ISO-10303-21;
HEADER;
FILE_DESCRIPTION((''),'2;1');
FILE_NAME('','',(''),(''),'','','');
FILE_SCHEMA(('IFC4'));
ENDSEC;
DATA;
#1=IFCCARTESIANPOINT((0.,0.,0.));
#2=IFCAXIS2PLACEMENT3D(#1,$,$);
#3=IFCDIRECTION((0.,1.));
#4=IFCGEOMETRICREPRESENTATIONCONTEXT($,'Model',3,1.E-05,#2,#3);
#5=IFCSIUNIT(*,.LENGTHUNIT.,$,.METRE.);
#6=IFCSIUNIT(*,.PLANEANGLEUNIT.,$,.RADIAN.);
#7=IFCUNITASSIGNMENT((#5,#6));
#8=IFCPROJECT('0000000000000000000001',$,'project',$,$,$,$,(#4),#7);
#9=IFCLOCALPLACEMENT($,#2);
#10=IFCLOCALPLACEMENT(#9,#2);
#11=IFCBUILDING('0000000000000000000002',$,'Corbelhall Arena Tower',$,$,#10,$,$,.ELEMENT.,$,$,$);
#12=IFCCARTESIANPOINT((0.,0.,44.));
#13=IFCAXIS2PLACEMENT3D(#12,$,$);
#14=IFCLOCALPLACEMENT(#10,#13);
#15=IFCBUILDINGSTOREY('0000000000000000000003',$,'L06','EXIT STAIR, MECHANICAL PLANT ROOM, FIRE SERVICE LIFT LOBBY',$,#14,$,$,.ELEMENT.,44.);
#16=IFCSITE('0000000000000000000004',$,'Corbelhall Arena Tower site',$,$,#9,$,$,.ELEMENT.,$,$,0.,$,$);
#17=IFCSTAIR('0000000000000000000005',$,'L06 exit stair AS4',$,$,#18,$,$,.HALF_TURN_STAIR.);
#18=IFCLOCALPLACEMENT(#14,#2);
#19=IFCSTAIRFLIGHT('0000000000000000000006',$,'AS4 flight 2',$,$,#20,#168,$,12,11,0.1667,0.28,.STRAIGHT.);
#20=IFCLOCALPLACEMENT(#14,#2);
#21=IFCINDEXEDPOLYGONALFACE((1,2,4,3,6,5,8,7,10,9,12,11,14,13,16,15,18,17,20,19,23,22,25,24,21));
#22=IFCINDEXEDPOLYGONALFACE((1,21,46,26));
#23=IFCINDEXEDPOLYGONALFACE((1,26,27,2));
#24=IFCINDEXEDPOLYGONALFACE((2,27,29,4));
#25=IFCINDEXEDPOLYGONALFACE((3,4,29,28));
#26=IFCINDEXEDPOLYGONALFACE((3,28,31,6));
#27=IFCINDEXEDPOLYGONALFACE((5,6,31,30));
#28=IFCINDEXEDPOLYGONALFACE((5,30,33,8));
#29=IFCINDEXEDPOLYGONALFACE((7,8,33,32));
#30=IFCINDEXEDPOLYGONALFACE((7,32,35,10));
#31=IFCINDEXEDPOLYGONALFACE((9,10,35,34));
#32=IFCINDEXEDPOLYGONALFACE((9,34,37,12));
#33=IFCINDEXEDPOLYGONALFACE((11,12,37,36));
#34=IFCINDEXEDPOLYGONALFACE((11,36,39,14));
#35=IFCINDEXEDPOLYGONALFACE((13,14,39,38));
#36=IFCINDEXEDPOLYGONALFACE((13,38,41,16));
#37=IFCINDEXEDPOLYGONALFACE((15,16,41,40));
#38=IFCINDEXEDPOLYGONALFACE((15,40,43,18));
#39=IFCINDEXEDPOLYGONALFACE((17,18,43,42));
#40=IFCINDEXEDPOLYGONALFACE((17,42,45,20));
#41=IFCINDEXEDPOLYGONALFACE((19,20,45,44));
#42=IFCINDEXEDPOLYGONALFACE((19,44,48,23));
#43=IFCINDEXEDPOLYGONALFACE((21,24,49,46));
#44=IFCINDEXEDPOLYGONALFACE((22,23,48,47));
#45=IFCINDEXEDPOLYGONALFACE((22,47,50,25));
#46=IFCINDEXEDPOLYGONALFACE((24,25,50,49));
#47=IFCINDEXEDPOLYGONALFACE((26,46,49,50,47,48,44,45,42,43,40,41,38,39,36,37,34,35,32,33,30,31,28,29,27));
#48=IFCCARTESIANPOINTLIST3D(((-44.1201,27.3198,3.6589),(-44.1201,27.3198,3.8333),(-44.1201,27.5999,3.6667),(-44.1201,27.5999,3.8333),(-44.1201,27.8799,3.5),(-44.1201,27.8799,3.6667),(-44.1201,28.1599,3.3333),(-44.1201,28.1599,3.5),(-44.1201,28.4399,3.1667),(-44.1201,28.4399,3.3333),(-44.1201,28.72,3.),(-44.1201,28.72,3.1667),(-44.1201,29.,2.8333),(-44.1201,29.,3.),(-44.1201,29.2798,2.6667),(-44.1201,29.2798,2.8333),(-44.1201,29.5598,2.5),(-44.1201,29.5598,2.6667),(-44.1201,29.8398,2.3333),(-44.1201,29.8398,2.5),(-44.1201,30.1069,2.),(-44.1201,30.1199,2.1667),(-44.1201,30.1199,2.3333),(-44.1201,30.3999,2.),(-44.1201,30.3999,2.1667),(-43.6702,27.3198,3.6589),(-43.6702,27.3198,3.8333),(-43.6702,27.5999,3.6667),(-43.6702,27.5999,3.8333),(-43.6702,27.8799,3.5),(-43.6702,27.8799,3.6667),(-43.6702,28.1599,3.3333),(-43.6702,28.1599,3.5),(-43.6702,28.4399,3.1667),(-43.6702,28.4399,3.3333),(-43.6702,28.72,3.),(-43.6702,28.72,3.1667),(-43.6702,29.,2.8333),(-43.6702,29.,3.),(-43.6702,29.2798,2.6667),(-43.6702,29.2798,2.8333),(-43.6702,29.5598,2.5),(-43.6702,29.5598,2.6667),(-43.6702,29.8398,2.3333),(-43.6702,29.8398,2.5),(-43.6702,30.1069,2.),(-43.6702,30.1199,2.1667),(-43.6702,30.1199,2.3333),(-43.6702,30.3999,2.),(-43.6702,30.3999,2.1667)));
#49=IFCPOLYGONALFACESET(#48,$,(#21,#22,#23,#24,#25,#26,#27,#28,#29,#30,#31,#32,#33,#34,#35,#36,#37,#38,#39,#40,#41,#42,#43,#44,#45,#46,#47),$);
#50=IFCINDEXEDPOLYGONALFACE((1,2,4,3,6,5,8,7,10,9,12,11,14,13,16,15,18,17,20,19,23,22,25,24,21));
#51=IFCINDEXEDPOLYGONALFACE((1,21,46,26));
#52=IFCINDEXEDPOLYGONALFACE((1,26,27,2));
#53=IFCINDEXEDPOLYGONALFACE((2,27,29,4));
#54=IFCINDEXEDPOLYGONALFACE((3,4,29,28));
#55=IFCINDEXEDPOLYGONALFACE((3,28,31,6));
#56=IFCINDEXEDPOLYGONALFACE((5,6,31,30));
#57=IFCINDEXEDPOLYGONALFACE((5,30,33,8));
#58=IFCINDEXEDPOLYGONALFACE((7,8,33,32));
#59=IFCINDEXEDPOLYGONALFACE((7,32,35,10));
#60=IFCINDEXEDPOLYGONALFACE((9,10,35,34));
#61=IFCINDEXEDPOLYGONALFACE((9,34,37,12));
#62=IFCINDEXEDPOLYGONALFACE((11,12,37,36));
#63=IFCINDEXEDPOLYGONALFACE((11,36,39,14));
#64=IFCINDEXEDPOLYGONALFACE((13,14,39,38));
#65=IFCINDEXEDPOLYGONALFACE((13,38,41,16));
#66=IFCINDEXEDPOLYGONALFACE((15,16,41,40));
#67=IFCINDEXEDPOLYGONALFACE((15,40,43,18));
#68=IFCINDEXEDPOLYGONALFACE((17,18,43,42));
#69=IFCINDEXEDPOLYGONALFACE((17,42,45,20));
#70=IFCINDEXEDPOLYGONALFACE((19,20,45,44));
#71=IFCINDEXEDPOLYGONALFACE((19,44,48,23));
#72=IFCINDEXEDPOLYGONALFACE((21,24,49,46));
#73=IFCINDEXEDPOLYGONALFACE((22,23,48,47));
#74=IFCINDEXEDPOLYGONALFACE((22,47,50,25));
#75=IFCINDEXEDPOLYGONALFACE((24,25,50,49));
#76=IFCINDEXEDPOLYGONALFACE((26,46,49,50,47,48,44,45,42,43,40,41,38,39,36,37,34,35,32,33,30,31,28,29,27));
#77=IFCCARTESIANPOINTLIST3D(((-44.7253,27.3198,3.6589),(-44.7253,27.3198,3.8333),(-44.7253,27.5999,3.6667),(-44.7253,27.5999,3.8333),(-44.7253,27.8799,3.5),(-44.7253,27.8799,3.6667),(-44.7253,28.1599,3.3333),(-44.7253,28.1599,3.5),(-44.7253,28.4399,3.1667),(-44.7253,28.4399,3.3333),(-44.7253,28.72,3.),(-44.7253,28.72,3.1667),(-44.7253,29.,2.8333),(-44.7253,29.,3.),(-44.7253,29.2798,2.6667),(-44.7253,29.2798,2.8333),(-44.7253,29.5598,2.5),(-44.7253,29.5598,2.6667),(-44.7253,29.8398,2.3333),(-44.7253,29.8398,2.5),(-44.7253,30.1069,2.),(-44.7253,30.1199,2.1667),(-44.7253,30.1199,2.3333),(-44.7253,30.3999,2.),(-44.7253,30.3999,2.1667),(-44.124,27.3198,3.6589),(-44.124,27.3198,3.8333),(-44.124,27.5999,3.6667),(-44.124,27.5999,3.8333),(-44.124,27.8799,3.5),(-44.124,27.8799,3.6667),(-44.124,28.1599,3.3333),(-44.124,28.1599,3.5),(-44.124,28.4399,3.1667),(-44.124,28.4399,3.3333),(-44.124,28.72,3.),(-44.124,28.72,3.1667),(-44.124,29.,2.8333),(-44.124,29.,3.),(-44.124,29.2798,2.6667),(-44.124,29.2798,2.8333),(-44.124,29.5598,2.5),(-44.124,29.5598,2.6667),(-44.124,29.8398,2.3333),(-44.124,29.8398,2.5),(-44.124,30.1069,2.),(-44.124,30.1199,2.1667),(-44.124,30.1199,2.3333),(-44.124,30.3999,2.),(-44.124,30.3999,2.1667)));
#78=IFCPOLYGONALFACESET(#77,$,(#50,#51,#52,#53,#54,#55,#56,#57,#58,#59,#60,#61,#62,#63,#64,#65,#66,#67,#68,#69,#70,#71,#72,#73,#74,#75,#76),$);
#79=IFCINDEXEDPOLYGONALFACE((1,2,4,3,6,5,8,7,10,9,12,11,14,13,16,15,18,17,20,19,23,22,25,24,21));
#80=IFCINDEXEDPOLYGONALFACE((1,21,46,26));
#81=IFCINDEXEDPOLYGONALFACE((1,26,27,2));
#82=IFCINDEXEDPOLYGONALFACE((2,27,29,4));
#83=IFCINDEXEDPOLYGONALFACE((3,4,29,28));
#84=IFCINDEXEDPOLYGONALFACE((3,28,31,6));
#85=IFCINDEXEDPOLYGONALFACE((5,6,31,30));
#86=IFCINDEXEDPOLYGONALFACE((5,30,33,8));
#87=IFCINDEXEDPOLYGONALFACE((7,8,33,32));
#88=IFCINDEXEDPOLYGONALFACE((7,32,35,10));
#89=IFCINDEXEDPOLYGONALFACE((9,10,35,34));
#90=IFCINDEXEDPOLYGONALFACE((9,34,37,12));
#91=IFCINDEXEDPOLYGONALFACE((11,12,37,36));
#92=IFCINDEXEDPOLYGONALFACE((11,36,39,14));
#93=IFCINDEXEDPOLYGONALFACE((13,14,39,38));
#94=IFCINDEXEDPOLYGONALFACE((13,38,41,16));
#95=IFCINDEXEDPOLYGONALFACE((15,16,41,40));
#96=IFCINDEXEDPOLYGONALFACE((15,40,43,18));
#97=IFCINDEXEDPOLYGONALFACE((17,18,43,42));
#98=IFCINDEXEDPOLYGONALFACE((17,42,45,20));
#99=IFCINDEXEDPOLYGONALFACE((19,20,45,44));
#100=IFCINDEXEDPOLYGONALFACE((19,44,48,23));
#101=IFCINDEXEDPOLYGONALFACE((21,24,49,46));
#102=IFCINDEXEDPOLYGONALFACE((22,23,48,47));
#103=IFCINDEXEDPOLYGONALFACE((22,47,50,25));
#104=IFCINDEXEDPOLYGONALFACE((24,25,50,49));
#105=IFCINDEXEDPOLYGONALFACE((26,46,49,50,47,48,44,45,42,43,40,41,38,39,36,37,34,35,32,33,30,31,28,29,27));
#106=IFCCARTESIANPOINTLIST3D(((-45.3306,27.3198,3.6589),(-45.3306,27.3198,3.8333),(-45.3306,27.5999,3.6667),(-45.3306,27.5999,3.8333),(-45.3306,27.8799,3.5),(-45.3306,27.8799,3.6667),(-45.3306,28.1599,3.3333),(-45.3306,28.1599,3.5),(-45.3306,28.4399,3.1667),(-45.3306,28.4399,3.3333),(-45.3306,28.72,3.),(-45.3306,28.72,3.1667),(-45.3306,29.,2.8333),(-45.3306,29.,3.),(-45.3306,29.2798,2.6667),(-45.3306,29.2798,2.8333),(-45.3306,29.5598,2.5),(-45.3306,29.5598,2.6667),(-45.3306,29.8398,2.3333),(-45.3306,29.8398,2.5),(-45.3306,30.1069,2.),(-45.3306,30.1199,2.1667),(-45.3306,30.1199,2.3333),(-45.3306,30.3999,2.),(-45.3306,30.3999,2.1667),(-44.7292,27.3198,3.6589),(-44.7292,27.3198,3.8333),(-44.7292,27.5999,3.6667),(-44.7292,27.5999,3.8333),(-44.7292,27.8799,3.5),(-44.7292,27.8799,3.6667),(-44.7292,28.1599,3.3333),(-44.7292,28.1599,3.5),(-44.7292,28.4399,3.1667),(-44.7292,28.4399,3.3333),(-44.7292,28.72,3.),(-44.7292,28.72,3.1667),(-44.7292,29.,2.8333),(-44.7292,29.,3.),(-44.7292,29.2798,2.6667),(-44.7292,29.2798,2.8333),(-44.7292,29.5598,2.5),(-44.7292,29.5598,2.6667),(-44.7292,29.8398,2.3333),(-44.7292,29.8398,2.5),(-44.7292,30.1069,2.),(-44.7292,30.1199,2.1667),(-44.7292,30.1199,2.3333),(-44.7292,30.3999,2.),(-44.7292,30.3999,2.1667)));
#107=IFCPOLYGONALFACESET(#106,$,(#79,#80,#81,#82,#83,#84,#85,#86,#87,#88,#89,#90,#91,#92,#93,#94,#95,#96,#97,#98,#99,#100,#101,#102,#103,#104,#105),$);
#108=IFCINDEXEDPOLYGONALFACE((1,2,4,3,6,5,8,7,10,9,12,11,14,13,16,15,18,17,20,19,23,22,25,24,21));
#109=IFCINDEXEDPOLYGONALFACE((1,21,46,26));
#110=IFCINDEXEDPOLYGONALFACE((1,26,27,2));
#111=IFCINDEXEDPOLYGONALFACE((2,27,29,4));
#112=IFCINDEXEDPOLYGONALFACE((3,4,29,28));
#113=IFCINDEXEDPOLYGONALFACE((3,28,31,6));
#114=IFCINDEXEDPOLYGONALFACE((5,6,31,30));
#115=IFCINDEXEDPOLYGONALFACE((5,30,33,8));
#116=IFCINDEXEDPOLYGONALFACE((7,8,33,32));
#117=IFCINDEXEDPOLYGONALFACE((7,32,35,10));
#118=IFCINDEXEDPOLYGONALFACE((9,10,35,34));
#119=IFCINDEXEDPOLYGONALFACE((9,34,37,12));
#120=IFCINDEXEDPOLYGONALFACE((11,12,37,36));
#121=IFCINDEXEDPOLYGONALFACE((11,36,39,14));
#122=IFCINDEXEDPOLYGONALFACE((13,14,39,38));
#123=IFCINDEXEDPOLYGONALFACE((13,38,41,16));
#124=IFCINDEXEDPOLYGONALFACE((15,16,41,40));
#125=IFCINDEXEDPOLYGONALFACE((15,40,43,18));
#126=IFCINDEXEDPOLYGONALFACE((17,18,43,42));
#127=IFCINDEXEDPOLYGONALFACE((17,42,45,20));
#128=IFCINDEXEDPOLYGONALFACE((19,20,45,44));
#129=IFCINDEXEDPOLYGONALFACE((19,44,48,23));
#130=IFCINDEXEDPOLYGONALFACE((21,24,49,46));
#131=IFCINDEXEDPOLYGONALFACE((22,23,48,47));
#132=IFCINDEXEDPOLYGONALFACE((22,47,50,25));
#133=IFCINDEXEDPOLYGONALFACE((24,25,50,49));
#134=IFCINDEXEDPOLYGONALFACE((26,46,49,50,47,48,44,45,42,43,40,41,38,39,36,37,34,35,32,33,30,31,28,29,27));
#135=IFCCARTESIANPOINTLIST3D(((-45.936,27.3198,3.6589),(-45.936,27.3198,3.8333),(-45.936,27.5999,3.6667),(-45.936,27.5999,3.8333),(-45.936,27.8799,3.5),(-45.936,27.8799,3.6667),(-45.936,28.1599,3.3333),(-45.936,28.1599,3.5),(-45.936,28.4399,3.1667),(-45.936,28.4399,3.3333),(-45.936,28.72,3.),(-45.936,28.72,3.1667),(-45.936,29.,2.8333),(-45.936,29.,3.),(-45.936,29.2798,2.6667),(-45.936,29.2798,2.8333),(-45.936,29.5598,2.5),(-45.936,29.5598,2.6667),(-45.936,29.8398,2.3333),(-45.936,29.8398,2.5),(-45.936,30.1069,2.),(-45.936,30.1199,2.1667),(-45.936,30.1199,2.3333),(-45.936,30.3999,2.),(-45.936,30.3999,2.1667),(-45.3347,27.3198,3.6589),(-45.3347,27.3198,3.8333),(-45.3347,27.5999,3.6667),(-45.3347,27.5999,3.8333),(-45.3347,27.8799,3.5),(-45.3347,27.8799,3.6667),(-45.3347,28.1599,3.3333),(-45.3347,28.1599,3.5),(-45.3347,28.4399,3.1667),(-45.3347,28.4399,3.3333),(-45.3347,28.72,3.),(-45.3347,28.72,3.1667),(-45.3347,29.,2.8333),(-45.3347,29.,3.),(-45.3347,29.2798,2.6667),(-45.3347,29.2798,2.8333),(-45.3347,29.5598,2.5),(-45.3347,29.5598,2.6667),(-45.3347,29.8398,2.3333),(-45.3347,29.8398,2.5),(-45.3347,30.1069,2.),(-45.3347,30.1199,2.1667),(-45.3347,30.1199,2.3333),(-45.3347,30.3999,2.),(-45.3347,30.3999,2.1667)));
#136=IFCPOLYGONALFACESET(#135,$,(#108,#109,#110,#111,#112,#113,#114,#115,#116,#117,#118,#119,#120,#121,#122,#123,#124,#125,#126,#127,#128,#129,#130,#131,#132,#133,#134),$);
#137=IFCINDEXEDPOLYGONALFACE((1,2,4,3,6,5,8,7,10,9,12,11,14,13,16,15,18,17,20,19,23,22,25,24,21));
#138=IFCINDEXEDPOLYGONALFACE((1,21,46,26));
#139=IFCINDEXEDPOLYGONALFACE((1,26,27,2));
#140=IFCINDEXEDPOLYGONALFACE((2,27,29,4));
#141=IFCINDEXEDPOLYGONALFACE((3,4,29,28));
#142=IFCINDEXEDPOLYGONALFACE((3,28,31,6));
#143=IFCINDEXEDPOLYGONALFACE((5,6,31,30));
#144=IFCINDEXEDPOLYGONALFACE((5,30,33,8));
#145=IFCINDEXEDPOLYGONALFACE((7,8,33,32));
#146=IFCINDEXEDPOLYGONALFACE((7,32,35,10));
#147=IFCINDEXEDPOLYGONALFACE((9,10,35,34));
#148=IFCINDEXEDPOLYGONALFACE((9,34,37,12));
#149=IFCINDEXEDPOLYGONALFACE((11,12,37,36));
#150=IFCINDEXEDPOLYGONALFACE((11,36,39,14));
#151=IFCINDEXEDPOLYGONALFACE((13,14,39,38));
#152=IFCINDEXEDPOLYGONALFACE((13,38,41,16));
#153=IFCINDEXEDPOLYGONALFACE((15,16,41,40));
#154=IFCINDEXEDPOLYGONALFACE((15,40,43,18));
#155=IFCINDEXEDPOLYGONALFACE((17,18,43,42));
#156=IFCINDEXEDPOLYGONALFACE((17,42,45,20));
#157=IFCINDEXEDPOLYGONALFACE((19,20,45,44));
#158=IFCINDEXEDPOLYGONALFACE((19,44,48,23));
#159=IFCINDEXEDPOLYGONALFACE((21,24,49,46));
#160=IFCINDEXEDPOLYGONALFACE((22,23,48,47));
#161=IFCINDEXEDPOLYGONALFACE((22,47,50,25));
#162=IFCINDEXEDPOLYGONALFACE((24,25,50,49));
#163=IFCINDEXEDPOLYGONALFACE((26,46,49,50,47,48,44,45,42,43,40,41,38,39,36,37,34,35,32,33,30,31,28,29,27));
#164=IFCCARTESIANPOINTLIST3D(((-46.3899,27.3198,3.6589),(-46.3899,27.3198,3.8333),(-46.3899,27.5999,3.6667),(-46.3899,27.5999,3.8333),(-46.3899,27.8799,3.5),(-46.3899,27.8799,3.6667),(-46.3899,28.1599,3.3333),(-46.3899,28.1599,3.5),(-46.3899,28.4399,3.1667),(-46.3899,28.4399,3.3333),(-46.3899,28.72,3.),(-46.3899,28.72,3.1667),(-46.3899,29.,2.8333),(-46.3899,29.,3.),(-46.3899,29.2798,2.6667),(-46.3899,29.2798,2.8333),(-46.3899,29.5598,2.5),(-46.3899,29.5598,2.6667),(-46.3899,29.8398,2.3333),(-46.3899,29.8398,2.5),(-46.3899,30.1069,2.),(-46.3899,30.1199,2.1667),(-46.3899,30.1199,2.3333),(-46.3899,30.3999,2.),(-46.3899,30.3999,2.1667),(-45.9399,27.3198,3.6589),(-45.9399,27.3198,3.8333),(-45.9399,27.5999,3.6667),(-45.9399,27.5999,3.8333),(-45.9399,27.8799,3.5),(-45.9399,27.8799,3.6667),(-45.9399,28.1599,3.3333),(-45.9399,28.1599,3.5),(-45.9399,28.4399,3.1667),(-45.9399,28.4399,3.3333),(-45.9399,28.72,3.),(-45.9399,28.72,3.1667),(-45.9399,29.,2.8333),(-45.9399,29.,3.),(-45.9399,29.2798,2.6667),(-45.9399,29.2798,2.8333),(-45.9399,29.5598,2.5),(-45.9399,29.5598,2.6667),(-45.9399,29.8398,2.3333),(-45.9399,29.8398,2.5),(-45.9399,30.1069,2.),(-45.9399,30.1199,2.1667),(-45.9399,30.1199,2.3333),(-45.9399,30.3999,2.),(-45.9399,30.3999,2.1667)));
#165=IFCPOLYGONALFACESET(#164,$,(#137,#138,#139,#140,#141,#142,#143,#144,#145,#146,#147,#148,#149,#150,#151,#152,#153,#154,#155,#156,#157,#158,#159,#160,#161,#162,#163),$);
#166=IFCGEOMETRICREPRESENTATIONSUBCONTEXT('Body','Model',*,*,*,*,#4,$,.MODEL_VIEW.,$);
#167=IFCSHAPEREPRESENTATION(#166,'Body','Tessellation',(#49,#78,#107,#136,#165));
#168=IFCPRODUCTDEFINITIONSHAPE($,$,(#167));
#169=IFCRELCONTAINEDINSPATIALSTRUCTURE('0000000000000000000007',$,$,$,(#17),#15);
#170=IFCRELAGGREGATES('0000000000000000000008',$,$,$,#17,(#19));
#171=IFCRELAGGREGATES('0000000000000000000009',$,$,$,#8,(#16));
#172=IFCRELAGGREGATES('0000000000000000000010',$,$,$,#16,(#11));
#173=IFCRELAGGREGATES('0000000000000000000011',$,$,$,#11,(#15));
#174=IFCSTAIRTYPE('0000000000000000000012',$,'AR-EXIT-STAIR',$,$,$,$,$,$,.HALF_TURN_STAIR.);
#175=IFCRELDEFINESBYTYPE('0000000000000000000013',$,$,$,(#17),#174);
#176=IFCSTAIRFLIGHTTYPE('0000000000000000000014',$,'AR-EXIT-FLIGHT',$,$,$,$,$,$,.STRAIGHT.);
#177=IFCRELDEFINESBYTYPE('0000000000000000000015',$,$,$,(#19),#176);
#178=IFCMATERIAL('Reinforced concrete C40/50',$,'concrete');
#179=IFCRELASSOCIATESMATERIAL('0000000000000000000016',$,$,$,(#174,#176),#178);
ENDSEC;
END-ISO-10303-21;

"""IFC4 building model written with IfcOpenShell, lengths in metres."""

from ifc_helpers import new_model, si_unit, direction, frame, origin, place, context, subcontext, project, spatial, polyline, outline, extrude, material, type_object, element, aggregate, save


model = new_model("IFC4")

# Units and contexts
model_context = context("Model", 3, precision=1e-05, world=origin(), true_north=direction((0.0, 1.0)))
body_context = subcontext(model_context, "Body", "Model", "MODEL_VIEW")
ifc_project = project(units=[si_unit("LENGTHUNIT", "METRE"), si_unit("PLANEANGLEUNIT", "RADIAN")], contexts=[model_context])

# Site, building, storey
site_placement = place(None, origin())
site = spatial("IfcSite", under=ifc_project, at=site_placement, Name="Corbelhall Arena Tower site", CompositionType="ELEMENT", RefElevation=0.0)
building_placement = place(site_placement, origin())
building = spatial("IfcBuilding", under=site, at=building_placement, Name="Corbelhall Arena Tower", CompositionType="ELEMENT")
storey_placement = place(building_placement, frame((0.0, 0.0, 44.0)))
storey = spatial("IfcBuildingStorey", under=building, at=storey_placement, Name="L06", Description="EXIT STAIR, MECHANICAL PLANT ROOM, FIRE SERVICE LIFT LOBBY", CompositionType="ELEMENT", Elevation=44.0)

# Shared definitions
ifc_material_1 = material(Name="Reinforced concrete C40/50", Category="concrete")

# Stair, stair flight
stair_type = type_object("IfcStairType", Name="AR-EXIT-STAIR", PredefinedType="HALF_TURN_STAIR", material=ifc_material_1)
stair_flight_type = type_object("IfcStairFlightType", Name="AR-EXIT-FLIGHT", PredefinedType="STRAIGHT", material=ifc_material_1)
stair_1_placement = place(storey_placement, origin())
stair_1 = element("IfcStair", 1, at=stair_1_placement, inside=storey, type_object=stair_type, Name="L06 exit stair AS4", PredefinedType="HALF_TURN_STAIR")
stair_flight_1_placement = place(storey_placement, frame((-45.03, 30.3999, 2.0), z_axis=(0.0, 0.0, 1.0), x_axis=(0.0, -1.0, 0.0)))
stair_flight_1 = element("IfcStairFlight", 2, at=stair_flight_1_placement, type_object=stair_flight_type, Name="AS4 flight 2", NumberOfRisers=12, NumberOfTreads=11, PredefinedType="STRAIGHT", RiserHeight=0.1667, TreadLength=0.28, context=body_context, shape_type="SweptSolid", body=[
    extrude(outline(polyline([(0.0, 0.0), (0.0, 0.1667), (0.28, 0.1667), (0.28, 0.3333), (0.5601, 0.3333), (0.5601, 0.5), (0.8401, 0.5), (0.8401, 0.6667), (1.1201, 0.6667), (1.1201, 0.8333), (1.3999, 0.8333), (1.3999, 1.0), (1.6799, 1.0), (1.6799, 1.1667), (1.96, 1.1667), (1.96, 1.3333), (2.24, 1.3333), (2.24, 1.5), (2.52, 1.5), (2.52, 1.6667), (2.8, 1.6667), (2.8, 1.8333), (3.0801, 1.8333), (3.0801, 2.0), (3.0801, 1.6589), (0.293, 0.0), (0.0, 0.0)])), frame((0.0, 1.3599, 0.0), z_axis=(0.0, -1.0, 0.0), x_axis=(1.0, 0.0, 0.0)), (0.0, 0.0, 1.0), 0.45),
    extrude(outline(polyline([(0.0, 0.0), (0.0, 0.1667), (0.28, 0.1667), (0.28, 0.3333), (0.5601, 0.3333), (0.5601, 0.5), (0.8401, 0.5), (0.8401, 0.6667), (1.1201, 0.6667), (1.1201, 0.8333), (1.3999, 0.8333), (1.3999, 1.0), (1.6799, 1.0), (1.6799, 1.1667), (1.96, 1.1667), (1.96, 1.3333), (2.24, 1.3333), (2.24, 1.5), (2.52, 1.5), (2.52, 1.6667), (2.8, 1.6667), (2.8, 1.8333), (3.0801, 1.8333), (3.0801, 2.0), (3.0801, 1.6589), (0.293, 0.0), (0.0, 0.0)])), frame((0.0, 0.906, 0.0), z_axis=(0.0, -1.0, 0.0), x_axis=(1.0, 0.0, 0.0)), (0.0, 0.0, 1.0), 0.6013),
    extrude(outline(polyline([(0.0, 0.0), (0.0, 0.1667), (0.28, 0.1667), (0.28, 0.3333), (0.5601, 0.3333), (0.5601, 0.5), (0.8401, 0.5), (0.8401, 0.6667), (1.1201, 0.6667), (1.1201, 0.8333), (1.3999, 0.8333), (1.3999, 1.0), (1.6799, 1.0), (1.6799, 1.1667), (1.96, 1.1667), (1.96, 1.3333), (2.24, 1.3333), (2.24, 1.5), (2.52, 1.5), (2.52, 1.6667), (2.8, 1.6667), (2.8, 1.8333), (3.0801, 1.8333), (3.0801, 2.0), (3.0801, 1.6589), (0.293, 0.0), (0.0, 0.0)])), frame((0.0, 0.3008, 0.0), z_axis=(0.0, -1.0, 0.0), x_axis=(1.0, 0.0, 0.0)), (0.0, 0.0, 1.0), 0.6013),
    extrude(outline(polyline([(0.0, 0.0), (0.0, 0.1667), (0.28, 0.1667), (0.28, 0.3333), (0.5601, 0.3333), (0.5601, 0.5), (0.8401, 0.5), (0.8401, 0.6667), (1.1201, 0.6667), (1.1201, 0.8333), (1.3999, 0.8333), (1.3999, 1.0), (1.6799, 1.0), (1.6799, 1.1667), (1.96, 1.1667), (1.96, 1.3333), (2.24, 1.3333), (2.24, 1.5), (2.52, 1.5), (2.52, 1.6667), (2.8, 1.6667), (2.8, 1.8333), (3.0801, 1.8333), (3.0801, 2.0), (3.0801, 1.6589), (0.293, 0.0), (0.0, 0.0)])), frame((0.0, -0.3047, 0.0), z_axis=(0.0, -1.0, 0.0), x_axis=(1.0, 0.0, 0.0)), (0.0, 0.0, 1.0), 0.6013),
    extrude(outline(polyline([(0.0, 0.0), (0.0, 0.1667), (0.28, 0.1667), (0.28, 0.3333), (0.5601, 0.3333), (0.5601, 0.5), (0.8401, 0.5), (0.8401, 0.6667), (1.1201, 0.6667), (1.1201, 0.8333), (1.3999, 0.8333), (1.3999, 1.0), (1.6799, 1.0), (1.6799, 1.1667), (1.96, 1.1667), (1.96, 1.3333), (2.24, 1.3333), (2.24, 1.5), (2.52, 1.5), (2.52, 1.6667), (2.8, 1.6667), (2.8, 1.8333), (3.0801, 1.8333), (3.0801, 2.0), (3.0801, 1.6589), (0.293, 0.0), (0.0, 0.0)])), frame((0.0, -0.9099, 0.0), z_axis=(0.0, -1.0, 0.0), x_axis=(1.0, 0.0, 0.0)), (0.0, 0.0, 1.0), 0.45),
])
aggregate(stair_1, [stair_flight_1])

save(model, "model.ifc")
